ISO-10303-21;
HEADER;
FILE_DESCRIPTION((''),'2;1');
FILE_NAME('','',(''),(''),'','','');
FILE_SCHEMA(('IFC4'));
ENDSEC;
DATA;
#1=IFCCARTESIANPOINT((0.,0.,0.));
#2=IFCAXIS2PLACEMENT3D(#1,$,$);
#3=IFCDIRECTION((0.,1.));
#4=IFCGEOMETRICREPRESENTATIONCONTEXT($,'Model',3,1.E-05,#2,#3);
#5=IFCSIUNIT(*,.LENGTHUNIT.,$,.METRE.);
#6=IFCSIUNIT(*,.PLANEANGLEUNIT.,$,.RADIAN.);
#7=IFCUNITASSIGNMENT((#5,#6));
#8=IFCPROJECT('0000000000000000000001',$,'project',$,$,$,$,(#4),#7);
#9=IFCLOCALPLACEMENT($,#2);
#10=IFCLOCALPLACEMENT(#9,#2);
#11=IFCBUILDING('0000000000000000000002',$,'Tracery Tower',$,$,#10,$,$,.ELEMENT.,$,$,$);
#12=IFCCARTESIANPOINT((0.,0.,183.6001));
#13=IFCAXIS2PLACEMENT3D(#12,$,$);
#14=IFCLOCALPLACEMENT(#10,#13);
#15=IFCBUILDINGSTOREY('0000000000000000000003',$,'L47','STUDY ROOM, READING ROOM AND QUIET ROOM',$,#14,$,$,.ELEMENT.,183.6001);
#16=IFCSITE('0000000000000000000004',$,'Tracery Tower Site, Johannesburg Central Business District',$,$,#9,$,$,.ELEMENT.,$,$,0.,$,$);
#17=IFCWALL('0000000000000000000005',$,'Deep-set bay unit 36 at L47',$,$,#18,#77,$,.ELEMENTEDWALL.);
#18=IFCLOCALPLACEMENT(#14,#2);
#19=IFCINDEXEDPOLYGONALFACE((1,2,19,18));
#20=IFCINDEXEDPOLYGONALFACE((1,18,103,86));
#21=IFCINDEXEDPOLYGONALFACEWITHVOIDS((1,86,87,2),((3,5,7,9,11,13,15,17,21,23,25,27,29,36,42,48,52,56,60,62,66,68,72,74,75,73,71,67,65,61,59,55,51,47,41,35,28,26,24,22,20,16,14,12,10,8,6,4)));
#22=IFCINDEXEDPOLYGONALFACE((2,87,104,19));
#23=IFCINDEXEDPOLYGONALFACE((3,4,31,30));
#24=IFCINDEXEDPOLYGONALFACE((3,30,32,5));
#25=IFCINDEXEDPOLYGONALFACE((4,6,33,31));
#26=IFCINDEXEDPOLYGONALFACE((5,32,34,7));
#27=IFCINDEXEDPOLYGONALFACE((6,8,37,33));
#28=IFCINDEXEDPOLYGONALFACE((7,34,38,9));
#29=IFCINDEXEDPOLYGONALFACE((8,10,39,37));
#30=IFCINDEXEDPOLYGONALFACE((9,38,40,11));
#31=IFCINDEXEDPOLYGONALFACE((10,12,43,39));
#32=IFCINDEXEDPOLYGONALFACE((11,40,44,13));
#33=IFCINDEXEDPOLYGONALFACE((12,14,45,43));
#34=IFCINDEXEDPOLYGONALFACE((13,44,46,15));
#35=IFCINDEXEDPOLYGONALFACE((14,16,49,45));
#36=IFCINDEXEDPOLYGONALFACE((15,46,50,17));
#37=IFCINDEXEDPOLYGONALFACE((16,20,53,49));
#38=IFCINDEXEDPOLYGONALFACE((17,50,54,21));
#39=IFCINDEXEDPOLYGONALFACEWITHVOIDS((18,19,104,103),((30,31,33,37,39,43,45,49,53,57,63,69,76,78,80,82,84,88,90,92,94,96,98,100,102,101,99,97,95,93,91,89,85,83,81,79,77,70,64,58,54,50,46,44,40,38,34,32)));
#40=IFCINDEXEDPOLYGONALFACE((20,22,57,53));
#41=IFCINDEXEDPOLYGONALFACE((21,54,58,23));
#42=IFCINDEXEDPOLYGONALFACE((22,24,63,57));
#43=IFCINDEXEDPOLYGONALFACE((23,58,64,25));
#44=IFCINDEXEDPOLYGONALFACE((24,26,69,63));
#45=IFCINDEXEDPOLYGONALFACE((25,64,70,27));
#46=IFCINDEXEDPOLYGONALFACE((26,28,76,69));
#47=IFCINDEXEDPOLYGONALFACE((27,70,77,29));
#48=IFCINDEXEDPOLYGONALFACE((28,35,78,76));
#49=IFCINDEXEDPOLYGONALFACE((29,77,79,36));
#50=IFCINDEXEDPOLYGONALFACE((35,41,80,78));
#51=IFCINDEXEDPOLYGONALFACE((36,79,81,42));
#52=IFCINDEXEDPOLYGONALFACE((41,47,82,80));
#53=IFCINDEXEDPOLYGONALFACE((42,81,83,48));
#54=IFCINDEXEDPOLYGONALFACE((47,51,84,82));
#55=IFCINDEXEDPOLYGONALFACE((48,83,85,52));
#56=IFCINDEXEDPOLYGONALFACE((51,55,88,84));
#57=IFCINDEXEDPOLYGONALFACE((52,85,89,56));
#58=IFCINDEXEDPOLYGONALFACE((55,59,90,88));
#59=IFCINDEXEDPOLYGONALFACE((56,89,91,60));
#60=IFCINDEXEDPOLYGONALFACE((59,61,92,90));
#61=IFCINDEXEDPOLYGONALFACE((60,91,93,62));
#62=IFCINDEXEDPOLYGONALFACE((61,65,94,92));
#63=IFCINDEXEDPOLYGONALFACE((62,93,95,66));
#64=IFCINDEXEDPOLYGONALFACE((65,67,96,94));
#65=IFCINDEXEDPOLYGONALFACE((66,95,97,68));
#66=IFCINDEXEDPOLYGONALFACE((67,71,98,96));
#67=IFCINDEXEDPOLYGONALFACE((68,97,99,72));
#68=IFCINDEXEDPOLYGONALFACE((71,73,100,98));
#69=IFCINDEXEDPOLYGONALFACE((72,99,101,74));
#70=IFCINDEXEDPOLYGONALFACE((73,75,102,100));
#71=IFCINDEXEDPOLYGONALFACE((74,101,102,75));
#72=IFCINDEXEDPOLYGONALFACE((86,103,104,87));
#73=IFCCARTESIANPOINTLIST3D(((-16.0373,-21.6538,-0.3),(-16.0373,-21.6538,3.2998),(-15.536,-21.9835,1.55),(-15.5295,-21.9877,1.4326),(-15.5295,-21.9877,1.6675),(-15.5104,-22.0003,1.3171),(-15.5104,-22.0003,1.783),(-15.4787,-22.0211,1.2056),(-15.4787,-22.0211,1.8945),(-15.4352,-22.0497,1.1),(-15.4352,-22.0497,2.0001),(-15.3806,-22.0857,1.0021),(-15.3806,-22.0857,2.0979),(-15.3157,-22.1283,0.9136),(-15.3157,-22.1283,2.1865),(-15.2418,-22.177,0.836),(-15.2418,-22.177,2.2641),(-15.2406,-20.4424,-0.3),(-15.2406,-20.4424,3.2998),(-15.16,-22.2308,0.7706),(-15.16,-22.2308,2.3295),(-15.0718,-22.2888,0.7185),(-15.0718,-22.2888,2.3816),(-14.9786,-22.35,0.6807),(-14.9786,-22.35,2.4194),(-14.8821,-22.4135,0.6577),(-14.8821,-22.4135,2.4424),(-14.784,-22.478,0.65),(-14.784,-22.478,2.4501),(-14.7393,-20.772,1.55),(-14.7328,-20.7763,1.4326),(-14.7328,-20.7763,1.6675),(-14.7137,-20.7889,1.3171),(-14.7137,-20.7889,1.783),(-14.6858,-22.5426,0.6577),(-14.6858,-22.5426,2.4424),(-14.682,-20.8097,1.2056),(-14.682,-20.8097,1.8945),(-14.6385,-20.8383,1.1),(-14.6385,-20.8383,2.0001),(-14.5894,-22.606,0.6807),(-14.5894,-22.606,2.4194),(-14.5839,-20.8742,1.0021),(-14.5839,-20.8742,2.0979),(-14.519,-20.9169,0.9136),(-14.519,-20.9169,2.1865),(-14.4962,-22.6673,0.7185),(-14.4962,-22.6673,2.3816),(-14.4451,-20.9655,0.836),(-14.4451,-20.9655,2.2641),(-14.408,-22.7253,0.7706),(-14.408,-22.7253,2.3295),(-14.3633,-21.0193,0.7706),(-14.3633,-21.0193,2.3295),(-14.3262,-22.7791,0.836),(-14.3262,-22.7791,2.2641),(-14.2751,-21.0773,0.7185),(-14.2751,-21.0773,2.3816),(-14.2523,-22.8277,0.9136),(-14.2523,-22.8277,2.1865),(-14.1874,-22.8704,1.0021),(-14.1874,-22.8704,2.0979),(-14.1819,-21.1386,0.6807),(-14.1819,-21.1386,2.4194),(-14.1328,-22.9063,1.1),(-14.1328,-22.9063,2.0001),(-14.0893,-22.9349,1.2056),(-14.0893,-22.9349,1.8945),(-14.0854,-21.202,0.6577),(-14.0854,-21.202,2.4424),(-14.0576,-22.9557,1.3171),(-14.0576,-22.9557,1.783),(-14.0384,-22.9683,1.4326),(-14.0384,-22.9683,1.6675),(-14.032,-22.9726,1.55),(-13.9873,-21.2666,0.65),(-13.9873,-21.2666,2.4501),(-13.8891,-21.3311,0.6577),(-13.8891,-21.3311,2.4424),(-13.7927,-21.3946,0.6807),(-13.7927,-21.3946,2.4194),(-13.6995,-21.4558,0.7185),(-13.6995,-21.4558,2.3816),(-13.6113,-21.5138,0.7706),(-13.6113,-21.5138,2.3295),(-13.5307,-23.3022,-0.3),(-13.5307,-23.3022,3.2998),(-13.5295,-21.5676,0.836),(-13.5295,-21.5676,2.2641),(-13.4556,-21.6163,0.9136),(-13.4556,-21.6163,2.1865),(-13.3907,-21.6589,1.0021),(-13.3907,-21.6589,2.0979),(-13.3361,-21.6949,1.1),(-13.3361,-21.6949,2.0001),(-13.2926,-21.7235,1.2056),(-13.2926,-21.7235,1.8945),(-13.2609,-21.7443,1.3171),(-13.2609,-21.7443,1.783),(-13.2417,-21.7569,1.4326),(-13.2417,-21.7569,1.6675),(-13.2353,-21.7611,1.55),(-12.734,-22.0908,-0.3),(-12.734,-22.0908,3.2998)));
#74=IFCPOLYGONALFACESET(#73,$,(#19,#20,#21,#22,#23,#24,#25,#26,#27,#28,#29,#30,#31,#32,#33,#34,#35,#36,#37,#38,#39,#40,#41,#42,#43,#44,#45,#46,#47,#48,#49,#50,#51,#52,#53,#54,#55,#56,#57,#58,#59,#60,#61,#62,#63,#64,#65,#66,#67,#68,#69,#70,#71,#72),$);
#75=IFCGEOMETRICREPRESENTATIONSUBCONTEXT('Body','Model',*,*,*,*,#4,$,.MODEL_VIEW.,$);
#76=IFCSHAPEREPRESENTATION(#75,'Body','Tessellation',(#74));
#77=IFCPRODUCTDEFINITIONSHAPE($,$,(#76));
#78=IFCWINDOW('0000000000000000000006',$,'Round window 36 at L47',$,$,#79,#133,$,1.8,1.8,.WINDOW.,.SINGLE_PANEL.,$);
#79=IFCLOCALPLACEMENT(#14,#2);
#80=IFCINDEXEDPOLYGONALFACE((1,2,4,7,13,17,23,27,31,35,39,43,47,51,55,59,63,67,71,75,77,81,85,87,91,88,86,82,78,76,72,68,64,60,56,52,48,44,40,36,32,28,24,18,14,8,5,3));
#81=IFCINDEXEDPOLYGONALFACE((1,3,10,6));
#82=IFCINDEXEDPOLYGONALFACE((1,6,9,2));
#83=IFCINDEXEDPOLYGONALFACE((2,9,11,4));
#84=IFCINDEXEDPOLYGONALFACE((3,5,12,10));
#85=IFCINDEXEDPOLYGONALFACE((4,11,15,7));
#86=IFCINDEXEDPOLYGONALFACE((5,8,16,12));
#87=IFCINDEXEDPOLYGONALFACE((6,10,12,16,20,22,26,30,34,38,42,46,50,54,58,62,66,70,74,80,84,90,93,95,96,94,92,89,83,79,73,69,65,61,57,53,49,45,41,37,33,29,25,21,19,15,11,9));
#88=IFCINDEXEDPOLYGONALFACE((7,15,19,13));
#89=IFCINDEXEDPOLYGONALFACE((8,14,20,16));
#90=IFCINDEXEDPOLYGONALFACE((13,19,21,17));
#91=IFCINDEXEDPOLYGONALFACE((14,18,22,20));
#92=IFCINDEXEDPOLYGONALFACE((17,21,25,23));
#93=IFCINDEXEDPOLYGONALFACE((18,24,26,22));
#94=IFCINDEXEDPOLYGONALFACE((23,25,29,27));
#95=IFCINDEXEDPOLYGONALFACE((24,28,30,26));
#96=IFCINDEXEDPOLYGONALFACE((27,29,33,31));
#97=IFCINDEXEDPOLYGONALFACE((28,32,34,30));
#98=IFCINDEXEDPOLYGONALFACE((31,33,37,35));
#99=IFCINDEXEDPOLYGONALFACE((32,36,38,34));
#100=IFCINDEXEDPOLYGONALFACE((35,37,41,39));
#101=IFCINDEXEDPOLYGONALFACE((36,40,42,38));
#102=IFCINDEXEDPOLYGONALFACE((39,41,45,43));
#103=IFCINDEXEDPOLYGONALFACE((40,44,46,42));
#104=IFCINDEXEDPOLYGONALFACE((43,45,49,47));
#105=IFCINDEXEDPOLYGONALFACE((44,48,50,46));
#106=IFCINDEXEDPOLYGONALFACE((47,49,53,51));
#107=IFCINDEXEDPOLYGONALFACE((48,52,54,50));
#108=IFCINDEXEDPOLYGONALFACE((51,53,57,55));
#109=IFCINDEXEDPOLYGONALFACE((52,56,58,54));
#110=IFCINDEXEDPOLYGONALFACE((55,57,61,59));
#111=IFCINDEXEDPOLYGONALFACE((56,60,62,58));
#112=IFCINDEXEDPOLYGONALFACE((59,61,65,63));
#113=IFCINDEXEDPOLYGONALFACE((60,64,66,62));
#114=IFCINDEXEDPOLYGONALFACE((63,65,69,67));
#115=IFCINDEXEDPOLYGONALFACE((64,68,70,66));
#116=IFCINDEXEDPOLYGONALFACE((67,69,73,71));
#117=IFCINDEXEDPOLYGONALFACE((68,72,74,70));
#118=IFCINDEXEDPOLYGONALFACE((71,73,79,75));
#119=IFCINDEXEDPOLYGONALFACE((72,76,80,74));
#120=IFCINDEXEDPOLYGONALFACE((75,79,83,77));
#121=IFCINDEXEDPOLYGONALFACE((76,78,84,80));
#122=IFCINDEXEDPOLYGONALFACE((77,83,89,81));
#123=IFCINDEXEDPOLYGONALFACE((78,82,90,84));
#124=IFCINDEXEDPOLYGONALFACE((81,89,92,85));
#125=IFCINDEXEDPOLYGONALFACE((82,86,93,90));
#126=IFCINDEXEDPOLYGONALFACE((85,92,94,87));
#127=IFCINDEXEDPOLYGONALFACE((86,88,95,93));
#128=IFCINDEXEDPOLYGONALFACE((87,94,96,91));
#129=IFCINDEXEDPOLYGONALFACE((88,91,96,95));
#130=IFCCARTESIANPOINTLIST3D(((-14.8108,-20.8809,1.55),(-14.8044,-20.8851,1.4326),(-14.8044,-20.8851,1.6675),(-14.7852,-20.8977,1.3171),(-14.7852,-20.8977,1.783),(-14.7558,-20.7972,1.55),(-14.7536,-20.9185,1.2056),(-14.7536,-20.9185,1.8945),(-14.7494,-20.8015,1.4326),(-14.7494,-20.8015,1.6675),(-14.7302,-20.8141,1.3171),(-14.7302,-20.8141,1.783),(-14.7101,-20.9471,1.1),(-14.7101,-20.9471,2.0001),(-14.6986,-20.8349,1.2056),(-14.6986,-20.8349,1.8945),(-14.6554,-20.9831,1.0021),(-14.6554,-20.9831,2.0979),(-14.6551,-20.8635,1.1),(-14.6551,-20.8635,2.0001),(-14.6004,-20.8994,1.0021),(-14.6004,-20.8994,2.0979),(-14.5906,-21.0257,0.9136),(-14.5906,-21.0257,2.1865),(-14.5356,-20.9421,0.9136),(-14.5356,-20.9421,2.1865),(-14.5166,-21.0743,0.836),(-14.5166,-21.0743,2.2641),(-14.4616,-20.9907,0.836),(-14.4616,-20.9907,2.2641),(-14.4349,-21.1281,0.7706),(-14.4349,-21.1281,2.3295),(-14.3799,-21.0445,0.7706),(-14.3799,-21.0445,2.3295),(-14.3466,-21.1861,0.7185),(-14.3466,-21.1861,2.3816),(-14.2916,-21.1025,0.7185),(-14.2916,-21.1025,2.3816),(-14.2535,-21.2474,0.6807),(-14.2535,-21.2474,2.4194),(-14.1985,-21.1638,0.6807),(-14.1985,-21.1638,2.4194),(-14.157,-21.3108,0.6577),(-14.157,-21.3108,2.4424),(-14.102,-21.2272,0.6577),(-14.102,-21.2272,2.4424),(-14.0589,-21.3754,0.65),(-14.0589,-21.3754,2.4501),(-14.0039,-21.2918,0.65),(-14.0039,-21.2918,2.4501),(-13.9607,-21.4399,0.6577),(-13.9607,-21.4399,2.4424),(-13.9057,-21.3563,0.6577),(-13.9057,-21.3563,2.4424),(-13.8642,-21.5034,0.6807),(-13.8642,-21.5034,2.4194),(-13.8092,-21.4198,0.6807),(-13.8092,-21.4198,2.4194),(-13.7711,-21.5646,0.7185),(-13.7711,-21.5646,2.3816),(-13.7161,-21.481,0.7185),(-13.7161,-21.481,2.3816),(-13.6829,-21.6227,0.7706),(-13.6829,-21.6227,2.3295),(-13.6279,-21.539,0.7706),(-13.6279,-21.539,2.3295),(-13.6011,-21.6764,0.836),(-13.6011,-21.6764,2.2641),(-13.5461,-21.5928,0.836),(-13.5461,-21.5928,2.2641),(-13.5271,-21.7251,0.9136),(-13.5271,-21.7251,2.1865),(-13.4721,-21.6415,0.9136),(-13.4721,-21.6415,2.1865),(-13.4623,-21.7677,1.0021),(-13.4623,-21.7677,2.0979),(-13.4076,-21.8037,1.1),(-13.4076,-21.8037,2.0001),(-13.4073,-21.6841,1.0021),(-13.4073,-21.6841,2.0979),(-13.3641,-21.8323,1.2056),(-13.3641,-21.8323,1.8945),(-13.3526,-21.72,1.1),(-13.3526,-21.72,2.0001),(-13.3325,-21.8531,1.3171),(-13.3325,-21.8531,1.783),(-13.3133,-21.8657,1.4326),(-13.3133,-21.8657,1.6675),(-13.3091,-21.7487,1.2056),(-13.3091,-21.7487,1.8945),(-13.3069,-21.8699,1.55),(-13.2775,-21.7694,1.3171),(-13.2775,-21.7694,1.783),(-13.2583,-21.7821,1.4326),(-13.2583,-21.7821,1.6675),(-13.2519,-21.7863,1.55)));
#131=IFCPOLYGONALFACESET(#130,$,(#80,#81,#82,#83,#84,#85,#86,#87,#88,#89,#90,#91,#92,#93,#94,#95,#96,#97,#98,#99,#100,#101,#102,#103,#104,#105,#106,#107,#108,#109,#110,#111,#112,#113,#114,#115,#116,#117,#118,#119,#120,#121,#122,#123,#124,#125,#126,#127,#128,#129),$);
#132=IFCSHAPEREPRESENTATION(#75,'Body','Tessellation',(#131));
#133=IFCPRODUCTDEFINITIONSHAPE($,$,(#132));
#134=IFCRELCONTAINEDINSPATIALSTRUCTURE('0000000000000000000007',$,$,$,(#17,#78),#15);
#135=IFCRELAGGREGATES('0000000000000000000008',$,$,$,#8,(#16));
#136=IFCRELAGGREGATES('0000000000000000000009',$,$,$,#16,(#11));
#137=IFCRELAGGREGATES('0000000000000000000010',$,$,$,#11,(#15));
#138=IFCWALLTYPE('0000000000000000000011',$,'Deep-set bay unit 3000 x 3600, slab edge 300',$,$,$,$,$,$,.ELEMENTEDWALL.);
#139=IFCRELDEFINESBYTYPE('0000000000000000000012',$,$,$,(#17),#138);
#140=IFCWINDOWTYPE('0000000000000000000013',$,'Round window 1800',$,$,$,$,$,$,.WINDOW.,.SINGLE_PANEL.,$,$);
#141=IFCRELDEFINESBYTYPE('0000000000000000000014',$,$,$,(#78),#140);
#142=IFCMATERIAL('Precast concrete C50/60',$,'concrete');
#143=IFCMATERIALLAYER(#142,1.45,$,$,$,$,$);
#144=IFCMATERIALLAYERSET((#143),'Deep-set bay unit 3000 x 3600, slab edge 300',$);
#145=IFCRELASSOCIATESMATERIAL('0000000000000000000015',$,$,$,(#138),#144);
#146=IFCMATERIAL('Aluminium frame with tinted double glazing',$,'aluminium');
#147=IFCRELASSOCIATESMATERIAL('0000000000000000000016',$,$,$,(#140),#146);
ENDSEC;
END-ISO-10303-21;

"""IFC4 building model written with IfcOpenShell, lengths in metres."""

from ifc_helpers import new_model, si_unit, direction, frame, frame_2d, origin, origin_2d, place, context, subcontext, project, spatial, rectangle, circle, extrude, material, layer, layer_set, type_object, element, fill, save


model = new_model("IFC4")

# Units and contexts
model_context = context("Model", 3, precision=1e-05, world=origin(), true_north=direction((0.0, 1.0)))
body_context = subcontext(model_context, "Body", "Model", "MODEL_VIEW")
ifc_project = project(units=[si_unit("LENGTHUNIT", "METRE"), si_unit("PLANEANGLEUNIT", "RADIAN")], contexts=[model_context])

# Site, building, storey
site_placement = place(None, origin())
site = spatial("IfcSite", under=ifc_project, at=site_placement, Name="Tracery Tower Site, Johannesburg Central Business District", CompositionType="ELEMENT", RefElevation=0.0)
building_placement = place(site_placement, origin())
building = spatial("IfcBuilding", under=site, at=building_placement, Name="Tracery Tower", CompositionType="ELEMENT")
storey_placement = place(building_placement, frame((0.0, 0.0, 183.6001)))
storey = spatial("IfcBuildingStorey", under=building, at=storey_placement, Name="L47", Description="STUDY ROOM, READING ROOM AND QUIET ROOM", CompositionType="ELEMENT", Elevation=183.6001)

# Wall, opening, window
ifc_material_1 = material(Name="Precast concrete C50/60", Category="concrete")
ifc_layer_1 = layer(ifc_material_1, 1.45)
ifc_layer_set_1 = layer_set([ifc_layer_1], Name="Deep-set bay unit 3000 x 3600, slab edge 300")
wall_type_1 = type_object("IfcWallType", Name="Deep-set bay unit 3000 x 3600, slab edge 300", PredefinedType="ELEMENTEDWALL", material=ifc_layer_set_1)
ifc_material_2 = material(Name="Aluminium frame with tinted double glazing", Category="aluminium")
window_type = type_object("IfcWindowType", Name="Round window 1800", PartitioningType="SINGLE_PANEL", PredefinedType="WINDOW", material=ifc_material_2)
wall_1_placement = place(storey_placement, frame((-15.6389, -21.0481, -0.3), z_axis=(0.0, 0.0, 1.0), x_axis=(0.835514, -0.549469, 0.0)))
wall_1 = element("IfcWall", 1, at=wall_1_placement, inside=storey, type_object=wall_type_1, Name="Deep-set bay unit 36 at L47", PredefinedType="ELEMENTEDWALL", context=body_context, shape_type="SweptSolid", body=[
    extrude(rectangle(XDim=3.0, YDim=1.45, at=frame_2d((1.5, 0.0))), origin(), (0.0, 0.0, 1.0), 3.5999),
])
opening_1_placement = place(wall_1_placement, frame((1.5, 0.0, 1.8501)))
opening_1 = element("IfcOpeningElement", 2, at=opening_1_placement, cuts=wall_1, PredefinedType="OPENING", context=body_context, shape_type="SweptSolid", body=[
    extrude(circle(Radius=0.9, at=origin_2d()), frame((0.0, 0.7349, 0.0), z_axis=(0.0, -1.0, 0.0), x_axis=(1.0, 0.0, 0.0)), (0.0, 0.0, 1.0), 1.47),
])
window_1_placement = place(opening_1_placement, origin())
window_1 = element("IfcWindow", 3, at=window_1_placement, inside=storey, type_object=window_type, Name="Round window 36 at L47", OverallHeight=1.8, OverallWidth=1.8, PartitioningType="SINGLE_PANEL", PredefinedType="WINDOW", context=body_context, shape_type="SweptSolid", body=[
    extrude(circle(Radius=0.9, at=origin_2d()), frame((0.0, 0.6948, 0.0), z_axis=(0.0, -1.0, 0.0), x_axis=(1.0, 0.0, 0.0)), (0.0, 0.0, 1.0), 0.1001),
])
fill(opening_1, window_1)

save(model, "model.ifc")
